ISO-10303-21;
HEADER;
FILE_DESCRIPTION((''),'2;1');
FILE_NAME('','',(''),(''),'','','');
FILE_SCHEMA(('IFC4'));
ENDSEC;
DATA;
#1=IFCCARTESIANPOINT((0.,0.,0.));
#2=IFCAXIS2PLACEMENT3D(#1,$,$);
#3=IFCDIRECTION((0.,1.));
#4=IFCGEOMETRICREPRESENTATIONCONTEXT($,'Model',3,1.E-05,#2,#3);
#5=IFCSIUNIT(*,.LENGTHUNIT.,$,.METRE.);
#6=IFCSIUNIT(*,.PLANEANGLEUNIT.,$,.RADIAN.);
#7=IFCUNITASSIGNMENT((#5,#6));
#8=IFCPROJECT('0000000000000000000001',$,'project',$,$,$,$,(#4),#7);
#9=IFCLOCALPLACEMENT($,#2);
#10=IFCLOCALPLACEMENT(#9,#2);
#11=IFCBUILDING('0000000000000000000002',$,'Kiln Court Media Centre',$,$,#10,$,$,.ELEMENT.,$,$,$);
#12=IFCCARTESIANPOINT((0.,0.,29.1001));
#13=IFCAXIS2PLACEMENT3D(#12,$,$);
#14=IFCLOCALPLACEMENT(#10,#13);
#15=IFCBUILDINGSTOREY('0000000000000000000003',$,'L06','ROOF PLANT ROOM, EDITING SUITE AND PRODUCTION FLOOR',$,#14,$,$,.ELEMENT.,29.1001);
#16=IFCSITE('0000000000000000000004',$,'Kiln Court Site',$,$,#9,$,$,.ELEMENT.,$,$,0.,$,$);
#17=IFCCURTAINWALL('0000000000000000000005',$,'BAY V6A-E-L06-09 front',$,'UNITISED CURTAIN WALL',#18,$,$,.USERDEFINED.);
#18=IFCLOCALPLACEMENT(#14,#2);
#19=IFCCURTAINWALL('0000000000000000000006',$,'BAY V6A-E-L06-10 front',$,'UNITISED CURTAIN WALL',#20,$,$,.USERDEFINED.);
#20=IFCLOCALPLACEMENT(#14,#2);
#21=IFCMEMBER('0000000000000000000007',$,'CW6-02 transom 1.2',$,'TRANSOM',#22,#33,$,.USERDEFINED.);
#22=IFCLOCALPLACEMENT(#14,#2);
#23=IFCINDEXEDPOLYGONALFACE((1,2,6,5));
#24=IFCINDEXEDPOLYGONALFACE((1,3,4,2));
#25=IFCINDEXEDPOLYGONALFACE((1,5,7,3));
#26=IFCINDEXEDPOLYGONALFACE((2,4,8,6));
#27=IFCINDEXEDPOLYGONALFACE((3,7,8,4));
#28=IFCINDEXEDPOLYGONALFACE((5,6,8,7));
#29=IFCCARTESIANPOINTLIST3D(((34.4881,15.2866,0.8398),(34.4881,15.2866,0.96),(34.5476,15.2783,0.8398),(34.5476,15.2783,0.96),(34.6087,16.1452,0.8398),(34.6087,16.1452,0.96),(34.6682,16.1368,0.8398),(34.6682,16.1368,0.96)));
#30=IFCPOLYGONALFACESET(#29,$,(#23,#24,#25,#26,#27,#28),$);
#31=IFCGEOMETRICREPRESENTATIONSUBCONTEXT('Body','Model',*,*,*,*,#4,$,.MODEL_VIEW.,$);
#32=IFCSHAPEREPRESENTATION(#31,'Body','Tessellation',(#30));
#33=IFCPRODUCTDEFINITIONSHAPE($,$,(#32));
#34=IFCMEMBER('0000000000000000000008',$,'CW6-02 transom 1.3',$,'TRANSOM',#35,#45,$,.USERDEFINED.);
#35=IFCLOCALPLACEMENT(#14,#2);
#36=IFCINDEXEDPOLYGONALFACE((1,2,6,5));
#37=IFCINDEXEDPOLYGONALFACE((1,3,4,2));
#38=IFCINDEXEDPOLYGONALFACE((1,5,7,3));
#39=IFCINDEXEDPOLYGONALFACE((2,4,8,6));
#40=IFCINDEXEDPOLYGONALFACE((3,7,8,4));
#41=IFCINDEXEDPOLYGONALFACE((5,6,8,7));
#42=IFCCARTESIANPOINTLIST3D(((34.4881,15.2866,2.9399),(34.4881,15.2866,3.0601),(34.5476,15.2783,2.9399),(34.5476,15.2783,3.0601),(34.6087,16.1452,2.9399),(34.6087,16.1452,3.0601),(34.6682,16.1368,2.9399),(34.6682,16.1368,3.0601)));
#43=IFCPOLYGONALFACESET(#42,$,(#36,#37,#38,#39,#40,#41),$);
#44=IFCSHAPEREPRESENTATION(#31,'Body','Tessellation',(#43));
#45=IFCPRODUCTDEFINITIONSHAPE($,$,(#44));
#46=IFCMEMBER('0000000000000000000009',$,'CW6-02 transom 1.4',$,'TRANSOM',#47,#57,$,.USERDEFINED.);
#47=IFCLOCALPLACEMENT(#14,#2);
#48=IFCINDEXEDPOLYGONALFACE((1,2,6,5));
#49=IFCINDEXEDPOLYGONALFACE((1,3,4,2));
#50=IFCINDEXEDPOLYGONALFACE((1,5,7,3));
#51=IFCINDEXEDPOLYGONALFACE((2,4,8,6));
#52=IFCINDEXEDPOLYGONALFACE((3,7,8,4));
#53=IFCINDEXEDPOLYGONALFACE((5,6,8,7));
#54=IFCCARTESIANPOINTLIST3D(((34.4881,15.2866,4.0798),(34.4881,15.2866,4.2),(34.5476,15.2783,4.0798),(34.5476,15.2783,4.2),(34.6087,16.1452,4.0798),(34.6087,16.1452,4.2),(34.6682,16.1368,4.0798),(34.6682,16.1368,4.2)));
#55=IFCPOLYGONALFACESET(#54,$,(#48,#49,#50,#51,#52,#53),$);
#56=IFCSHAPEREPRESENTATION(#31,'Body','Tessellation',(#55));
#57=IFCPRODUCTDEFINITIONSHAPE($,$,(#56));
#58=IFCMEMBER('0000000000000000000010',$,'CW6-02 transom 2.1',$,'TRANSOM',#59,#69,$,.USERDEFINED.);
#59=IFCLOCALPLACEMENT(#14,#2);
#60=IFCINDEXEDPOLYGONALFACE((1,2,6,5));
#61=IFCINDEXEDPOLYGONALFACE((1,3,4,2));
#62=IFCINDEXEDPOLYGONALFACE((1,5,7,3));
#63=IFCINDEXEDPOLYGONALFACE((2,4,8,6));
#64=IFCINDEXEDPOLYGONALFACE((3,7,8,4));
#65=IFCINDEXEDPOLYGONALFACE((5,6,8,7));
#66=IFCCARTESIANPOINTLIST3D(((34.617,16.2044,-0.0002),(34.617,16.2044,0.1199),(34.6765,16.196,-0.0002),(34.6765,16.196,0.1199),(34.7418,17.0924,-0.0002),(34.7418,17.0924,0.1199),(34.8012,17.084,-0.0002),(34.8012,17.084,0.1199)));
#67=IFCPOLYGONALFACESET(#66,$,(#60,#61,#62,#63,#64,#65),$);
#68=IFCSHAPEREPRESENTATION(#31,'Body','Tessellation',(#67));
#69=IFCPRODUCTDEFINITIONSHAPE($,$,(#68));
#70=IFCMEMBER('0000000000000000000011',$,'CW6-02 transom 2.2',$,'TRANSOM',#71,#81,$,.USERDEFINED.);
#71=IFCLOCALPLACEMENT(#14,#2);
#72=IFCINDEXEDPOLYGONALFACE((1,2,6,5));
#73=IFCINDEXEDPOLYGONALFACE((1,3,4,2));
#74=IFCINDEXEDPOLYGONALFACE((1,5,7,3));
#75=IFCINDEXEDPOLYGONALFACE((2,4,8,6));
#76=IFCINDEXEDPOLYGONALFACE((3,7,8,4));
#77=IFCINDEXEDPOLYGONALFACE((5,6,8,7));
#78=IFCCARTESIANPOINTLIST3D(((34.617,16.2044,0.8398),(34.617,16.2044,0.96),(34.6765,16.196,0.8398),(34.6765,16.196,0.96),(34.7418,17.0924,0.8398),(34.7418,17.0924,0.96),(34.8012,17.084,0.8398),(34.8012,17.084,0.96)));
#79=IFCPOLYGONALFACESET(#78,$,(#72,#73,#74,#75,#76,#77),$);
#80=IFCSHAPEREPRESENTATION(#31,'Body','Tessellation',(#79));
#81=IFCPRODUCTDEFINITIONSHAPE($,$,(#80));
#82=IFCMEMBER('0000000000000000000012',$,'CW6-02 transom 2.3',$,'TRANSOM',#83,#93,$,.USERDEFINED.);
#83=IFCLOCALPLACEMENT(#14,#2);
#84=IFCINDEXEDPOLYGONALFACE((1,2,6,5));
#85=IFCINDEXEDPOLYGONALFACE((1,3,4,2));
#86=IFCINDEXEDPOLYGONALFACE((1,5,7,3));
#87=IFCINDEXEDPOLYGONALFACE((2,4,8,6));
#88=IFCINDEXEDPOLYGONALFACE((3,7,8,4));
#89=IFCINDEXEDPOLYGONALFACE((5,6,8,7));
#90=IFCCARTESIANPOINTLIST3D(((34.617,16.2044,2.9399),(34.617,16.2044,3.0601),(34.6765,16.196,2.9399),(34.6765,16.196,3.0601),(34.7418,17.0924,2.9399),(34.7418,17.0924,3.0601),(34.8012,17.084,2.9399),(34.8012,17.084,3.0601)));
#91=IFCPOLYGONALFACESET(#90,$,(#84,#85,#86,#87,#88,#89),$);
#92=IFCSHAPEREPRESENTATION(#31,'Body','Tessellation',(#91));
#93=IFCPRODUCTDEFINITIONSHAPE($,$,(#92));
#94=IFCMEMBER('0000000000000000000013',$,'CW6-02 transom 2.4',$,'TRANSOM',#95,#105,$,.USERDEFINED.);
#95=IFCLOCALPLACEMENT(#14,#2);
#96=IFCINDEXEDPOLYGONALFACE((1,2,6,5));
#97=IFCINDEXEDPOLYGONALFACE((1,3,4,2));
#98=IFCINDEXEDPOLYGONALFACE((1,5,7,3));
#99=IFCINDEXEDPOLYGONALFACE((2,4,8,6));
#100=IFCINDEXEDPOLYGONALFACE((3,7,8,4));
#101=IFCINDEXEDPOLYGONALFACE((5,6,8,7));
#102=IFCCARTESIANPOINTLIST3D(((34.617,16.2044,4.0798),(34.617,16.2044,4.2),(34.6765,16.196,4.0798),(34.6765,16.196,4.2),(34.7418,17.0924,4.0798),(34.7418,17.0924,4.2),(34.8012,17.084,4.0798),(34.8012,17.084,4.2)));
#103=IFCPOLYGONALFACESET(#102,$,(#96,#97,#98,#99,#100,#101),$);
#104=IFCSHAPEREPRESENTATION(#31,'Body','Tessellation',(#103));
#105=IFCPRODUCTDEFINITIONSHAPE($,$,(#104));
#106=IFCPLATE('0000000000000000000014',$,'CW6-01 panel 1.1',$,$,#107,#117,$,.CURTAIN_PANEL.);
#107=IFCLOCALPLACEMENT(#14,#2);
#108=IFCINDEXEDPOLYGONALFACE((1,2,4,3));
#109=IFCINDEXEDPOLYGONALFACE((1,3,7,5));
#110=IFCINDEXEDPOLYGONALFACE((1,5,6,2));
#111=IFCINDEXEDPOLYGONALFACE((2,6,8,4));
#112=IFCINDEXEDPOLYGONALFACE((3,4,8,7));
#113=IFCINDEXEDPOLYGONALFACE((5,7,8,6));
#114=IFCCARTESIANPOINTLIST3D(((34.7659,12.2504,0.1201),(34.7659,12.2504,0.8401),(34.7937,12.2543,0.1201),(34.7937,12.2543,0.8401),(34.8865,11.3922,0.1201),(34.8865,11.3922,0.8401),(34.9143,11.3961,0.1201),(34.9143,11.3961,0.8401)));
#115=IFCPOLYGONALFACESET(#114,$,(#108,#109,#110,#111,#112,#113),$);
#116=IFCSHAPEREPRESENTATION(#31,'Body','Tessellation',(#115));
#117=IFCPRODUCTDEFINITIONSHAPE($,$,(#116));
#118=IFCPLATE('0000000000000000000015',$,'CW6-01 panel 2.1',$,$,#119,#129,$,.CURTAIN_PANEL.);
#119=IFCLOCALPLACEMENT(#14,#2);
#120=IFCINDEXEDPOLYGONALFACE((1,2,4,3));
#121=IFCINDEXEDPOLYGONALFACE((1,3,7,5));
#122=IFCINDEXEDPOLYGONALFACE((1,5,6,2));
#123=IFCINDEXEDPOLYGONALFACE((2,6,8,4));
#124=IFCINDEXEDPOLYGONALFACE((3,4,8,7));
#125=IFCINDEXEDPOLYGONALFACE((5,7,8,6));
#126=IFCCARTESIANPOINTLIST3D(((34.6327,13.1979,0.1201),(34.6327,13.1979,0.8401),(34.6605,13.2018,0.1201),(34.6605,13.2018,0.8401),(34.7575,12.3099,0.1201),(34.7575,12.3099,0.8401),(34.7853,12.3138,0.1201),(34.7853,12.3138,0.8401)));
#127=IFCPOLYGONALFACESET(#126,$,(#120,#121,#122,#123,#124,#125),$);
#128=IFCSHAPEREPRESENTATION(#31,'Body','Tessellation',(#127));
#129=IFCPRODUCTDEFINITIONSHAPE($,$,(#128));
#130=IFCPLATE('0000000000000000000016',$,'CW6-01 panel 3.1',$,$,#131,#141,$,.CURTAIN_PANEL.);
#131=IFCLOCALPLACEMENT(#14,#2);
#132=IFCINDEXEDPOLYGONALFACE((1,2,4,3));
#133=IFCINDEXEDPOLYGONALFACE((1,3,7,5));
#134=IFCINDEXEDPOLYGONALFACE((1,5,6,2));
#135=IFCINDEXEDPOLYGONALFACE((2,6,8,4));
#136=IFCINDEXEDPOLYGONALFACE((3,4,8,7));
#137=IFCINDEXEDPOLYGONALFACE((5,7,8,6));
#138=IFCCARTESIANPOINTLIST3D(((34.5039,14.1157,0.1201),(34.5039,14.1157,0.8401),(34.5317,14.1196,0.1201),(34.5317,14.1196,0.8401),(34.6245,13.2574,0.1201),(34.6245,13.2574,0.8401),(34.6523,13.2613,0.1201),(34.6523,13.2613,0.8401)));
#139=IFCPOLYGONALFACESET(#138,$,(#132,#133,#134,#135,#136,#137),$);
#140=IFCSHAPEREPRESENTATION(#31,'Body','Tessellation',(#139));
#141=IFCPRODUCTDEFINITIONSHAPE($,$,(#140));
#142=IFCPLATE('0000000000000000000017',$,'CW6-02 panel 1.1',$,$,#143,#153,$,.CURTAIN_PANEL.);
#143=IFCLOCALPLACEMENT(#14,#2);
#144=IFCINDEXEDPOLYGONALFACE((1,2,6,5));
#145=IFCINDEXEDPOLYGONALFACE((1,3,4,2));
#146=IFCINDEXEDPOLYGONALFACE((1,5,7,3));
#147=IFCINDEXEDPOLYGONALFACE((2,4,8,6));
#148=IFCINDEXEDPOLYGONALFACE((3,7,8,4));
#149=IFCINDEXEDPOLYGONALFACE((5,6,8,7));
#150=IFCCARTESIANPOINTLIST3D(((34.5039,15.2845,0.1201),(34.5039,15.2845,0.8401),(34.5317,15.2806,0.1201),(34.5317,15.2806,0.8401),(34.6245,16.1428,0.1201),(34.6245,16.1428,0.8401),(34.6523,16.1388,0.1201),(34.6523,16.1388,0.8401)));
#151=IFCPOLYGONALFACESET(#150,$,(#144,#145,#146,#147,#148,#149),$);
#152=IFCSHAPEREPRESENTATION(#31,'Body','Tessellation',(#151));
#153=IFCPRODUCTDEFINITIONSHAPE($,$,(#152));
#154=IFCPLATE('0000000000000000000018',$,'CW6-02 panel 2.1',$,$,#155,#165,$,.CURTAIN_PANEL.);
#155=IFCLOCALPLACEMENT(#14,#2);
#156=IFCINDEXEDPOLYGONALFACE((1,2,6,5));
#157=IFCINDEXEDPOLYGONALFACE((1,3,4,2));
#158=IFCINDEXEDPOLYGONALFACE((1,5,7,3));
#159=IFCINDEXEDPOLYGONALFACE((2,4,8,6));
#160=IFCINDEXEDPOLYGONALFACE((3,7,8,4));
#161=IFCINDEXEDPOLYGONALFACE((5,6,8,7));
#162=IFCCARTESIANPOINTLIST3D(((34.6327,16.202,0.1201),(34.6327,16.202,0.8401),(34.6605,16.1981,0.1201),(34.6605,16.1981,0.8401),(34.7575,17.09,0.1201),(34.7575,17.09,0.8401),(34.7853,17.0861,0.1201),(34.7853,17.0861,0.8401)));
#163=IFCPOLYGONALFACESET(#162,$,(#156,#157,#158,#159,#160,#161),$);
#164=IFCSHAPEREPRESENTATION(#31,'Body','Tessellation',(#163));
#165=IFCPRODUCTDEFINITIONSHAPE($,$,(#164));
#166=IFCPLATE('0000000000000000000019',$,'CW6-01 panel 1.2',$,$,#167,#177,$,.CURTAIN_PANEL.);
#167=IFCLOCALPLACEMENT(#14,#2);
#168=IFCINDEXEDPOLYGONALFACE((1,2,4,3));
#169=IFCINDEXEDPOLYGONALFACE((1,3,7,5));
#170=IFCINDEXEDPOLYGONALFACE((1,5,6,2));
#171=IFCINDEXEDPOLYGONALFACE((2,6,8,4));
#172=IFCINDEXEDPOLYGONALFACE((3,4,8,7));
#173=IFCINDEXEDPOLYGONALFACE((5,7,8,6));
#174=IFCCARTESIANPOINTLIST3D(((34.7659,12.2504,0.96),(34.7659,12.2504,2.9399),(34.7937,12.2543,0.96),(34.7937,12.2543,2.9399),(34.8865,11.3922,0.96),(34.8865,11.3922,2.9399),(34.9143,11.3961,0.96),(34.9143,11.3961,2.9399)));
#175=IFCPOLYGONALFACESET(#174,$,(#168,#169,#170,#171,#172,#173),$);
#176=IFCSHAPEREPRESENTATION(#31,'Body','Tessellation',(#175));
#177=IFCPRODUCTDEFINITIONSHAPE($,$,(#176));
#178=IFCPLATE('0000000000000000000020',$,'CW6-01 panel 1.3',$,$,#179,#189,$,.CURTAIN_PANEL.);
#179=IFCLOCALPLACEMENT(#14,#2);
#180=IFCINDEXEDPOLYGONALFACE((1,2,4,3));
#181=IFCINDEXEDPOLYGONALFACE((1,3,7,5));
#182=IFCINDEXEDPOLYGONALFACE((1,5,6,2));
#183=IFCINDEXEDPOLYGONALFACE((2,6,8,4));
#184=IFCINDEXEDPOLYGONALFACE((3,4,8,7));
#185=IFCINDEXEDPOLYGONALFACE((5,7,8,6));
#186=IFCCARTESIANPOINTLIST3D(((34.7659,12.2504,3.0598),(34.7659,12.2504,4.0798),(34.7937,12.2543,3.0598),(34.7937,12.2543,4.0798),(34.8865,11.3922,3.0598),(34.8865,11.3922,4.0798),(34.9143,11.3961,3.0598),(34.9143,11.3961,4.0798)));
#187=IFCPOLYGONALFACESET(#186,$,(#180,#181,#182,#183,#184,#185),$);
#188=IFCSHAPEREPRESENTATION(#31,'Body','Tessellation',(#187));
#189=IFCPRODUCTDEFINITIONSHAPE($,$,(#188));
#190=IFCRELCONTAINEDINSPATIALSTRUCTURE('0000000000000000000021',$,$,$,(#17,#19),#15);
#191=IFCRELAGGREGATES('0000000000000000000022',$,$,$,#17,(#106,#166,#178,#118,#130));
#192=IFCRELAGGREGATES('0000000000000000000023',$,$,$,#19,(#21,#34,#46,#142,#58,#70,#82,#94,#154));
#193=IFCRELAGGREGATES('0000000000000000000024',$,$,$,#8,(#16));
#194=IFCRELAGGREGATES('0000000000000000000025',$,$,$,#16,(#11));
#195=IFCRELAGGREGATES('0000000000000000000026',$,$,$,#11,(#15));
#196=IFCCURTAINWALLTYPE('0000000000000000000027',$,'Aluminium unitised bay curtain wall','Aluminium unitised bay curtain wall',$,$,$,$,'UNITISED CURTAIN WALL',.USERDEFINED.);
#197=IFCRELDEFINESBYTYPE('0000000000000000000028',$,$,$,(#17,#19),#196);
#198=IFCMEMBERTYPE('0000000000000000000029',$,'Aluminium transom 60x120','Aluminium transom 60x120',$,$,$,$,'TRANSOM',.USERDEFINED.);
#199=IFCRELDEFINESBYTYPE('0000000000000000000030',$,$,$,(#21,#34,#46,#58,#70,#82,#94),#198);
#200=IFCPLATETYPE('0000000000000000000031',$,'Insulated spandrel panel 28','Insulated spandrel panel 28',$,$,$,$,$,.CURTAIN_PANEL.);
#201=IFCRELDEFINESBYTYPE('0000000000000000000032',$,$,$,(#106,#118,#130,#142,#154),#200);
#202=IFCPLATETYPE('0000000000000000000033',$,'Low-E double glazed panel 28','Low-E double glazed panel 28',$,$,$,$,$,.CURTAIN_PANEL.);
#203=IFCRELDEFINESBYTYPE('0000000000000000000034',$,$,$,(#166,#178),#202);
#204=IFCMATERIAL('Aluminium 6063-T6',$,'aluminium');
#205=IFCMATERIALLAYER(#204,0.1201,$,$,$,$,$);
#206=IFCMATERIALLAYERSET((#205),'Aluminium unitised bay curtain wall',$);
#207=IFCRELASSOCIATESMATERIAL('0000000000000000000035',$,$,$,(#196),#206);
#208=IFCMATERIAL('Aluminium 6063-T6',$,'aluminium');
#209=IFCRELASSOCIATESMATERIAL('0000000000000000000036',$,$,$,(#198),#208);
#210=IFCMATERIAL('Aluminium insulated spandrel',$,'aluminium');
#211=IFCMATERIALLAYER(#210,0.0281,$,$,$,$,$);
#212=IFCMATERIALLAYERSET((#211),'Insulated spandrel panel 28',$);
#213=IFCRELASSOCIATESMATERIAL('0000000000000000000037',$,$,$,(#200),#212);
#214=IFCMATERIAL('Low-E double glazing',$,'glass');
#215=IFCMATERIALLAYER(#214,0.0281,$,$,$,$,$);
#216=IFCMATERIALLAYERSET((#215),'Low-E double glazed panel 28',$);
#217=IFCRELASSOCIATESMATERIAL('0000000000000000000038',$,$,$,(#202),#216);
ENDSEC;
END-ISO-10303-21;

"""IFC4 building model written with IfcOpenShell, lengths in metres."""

from ifc_helpers import new_model, si_unit, direction, frame, origin, origin_2d, place, context, subcontext, project, spatial, rectangle, extrude, material, layer, layer_set, material_profile, profile_set, type_object, element, aggregate, save


model = new_model("IFC4")

# Units and contexts
model_context = context("Model", 3, precision=1e-05, world=origin(), true_north=direction((0.0, 1.0)))
body_context = subcontext(model_context, "Body", "Model", "MODEL_VIEW")
ifc_project = project(units=[si_unit("LENGTHUNIT", "METRE"), si_unit("PLANEANGLEUNIT", "RADIAN")], contexts=[model_context])

# Site, building, storey
site_placement = place(None, origin())
site = spatial("IfcSite", under=ifc_project, at=site_placement, Name="Kiln Court Site", CompositionType="ELEMENT", RefElevation=0.0)
building_placement = place(site_placement, origin())
building = spatial("IfcBuilding", under=site, at=building_placement, Name="Kiln Court Media Centre", CompositionType="ELEMENT")
storey_placement = place(building_placement, frame((0.0, 0.0, 29.1001)))
storey = spatial("IfcBuildingStorey", under=building, at=storey_placement, Name="L06", Description="ROOF PLANT ROOM, EDITING SUITE AND PRODUCTION FLOOR", CompositionType="ELEMENT", Elevation=29.1001)

# Curtain walls
ifc_material_1 = material(Name="Aluminium 6063-T6", Category="aluminium")
ifc_layer_1 = layer(ifc_material_1, 0.1201)
ifc_layer_set_1 = layer_set([ifc_layer_1], Name="Aluminium unitised bay curtain wall")
curtain_wall_type = type_object("IfcCurtainWallType", Name="Aluminium unitised bay curtain wall", Description="Aluminium unitised bay curtain wall", ElementType="UNITISED CURTAIN WALL", PredefinedType="USERDEFINED", material=ifc_layer_set_1)
curtain_wall_1_placement = place(storey_placement, origin())
curtain_wall_1 = element("IfcCurtainWall", 1, at=curtain_wall_1_placement, inside=storey, type_object=curtain_wall_type, Name="BAY V6A-E-L06-09 front", ObjectType="UNITISED CURTAIN WALL", PredefinedType="USERDEFINED")
curtain_wall_2_placement = place(storey_placement, origin())
curtain_wall_2 = element("IfcCurtainWall", 2, at=curtain_wall_2_placement, inside=storey, type_object=curtain_wall_type, Name="BAY V6A-E-L06-10 front", ObjectType="UNITISED CURTAIN WALL", PredefinedType="USERDEFINED")

# Members
ifc_material_2 = material(Name="Aluminium 6063-T6", Category="aluminium")
ifc_material_profile_1 = material_profile(ifc_material_2, rectangle(XDim=0.0601, YDim=0.1201, at=origin_2d()), Name="Aluminium transom 60x120")
ifc_profile_set_1 = profile_set([ifc_material_profile_1], Name="Aluminium 6063-T6")
member_type_1 = type_object("IfcMemberType", Name="Aluminium transom 60x120", Description="Aluminium transom 60x120", ElementType="TRANSOM", PredefinedType="USERDEFINED", material=ifc_profile_set_1)
member_1_placement = place(storey_placement, frame((34.5178, 15.2825, 0.8999), z_axis=(0.139134, 0.990274, 0.0), x_axis=(-0.990274, 0.139134, 0.0)))
member_1 = element("IfcMember", 3, at=member_1_placement, type_object=member_type_1, Name="CW6-02 transom 1.2", ObjectType="TRANSOM", PredefinedType="USERDEFINED", context=body_context, shape_type="SweptSolid", body=[
    extrude(rectangle(XDim=0.0601, YDim=0.1201, at=origin_2d()), origin(), (0.0, 0.0, 1.0), 0.8669),
])
member_2_placement = place(storey_placement, frame((34.5178, 15.2825, 3.0), z_axis=(0.139134, 0.990274, 0.0), x_axis=(-0.990274, 0.139134, 0.0)))
member_2 = element("IfcMember", 4, at=member_2_placement, type_object=member_type_1, Name="CW6-02 transom 1.3", ObjectType="TRANSOM", PredefinedType="USERDEFINED", context=body_context, shape_type="SweptSolid", body=[
    extrude(rectangle(XDim=0.0601, YDim=0.1201, at=origin_2d()), origin(), (0.0, 0.0, 1.0), 0.8669),
])
member_3_placement = place(storey_placement, frame((34.5178, 15.2825, 4.1399), z_axis=(0.139134, 0.990274, 0.0), x_axis=(-0.990274, 0.139134, 0.0)))
member_3 = element("IfcMember", 5, at=member_3_placement, type_object=member_type_1, Name="CW6-02 transom 1.4", ObjectType="TRANSOM", PredefinedType="USERDEFINED", context=body_context, shape_type="SweptSolid", body=[
    extrude(rectangle(XDim=0.0601, YDim=0.1201, at=origin_2d()), origin(), (0.0, 0.0, 1.0), 0.8669),
])
member_4_placement = place(storey_placement, frame((34.6467, 16.2002, 0.0598), z_axis=(0.139134, 0.990274, 0.0), x_axis=(-0.990274, 0.139134, 0.0)))
member_4 = element("IfcMember", 6, at=member_4_placement, type_object=member_type_1, Name="CW6-02 transom 2.1", ObjectType="TRANSOM", PredefinedType="USERDEFINED", context=body_context, shape_type="SweptSolid", body=[
    extrude(rectangle(XDim=0.0601, YDim=0.1201, at=origin_2d()), origin(), (0.0, 0.0, 1.0), 0.8967),
])
member_5_placement = place(storey_placement, frame((34.6467, 16.2002, 0.8999), z_axis=(0.139134, 0.990274, 0.0), x_axis=(-0.990274, 0.139134, 0.0)))
member_5 = element("IfcMember", 7, at=member_5_placement, type_object=member_type_1, Name="CW6-02 transom 2.2", ObjectType="TRANSOM", PredefinedType="USERDEFINED", context=body_context, shape_type="SweptSolid", body=[
    extrude(rectangle(XDim=0.0601, YDim=0.1201, at=origin_2d()), origin(), (0.0, 0.0, 1.0), 0.8967),
])
member_6_placement = place(storey_placement, frame((34.6467, 16.2002, 3.0), z_axis=(0.139134, 0.990274, 0.0), x_axis=(-0.990274, 0.139134, 0.0)))
member_6 = element("IfcMember", 8, at=member_6_placement, type_object=member_type_1, Name="CW6-02 transom 2.3", ObjectType="TRANSOM", PredefinedType="USERDEFINED", context=body_context, shape_type="SweptSolid", body=[
    extrude(rectangle(XDim=0.0601, YDim=0.1201, at=origin_2d()), origin(), (0.0, 0.0, 1.0), 0.8967),
])
member_7_placement = place(storey_placement, frame((34.6467, 16.2002, 4.1399), z_axis=(0.139134, 0.990274, 0.0), x_axis=(-0.990274, 0.139134, 0.0)))
member_7 = element("IfcMember", 9, at=member_7_placement, type_object=member_type_1, Name="CW6-02 transom 2.4", ObjectType="TRANSOM", PredefinedType="USERDEFINED", context=body_context, shape_type="SweptSolid", body=[
    extrude(rectangle(XDim=0.0601, YDim=0.1201, at=origin_2d()), origin(), (0.0, 0.0, 1.0), 0.8967),
])

# Plates
ifc_material_3 = material(Name="Aluminium insulated spandrel", Category="aluminium")
ifc_layer_2 = layer(ifc_material_3, 0.0281)
ifc_layer_set_2 = layer_set([ifc_layer_2], Name="Insulated spandrel panel 28")
plate_type_1 = type_object("IfcPlateType", Name="Insulated spandrel panel 28", Description="Insulated spandrel panel 28", PredefinedType="CURTAIN_PANEL", material=ifc_layer_set_2)
plate_1_placement = place(storey_placement, frame((34.8401, 11.8232, 0.1201), z_axis=(0.0, 0.0, 1.0), x_axis=(-0.139162, 0.99027, 0.0)))
plate_1 = element("IfcPlate", 10, at=plate_1_placement, type_object=plate_type_1, Name="CW6-01 panel 1.1", PredefinedType="CURTAIN_PANEL", context=body_context, shape_type="SweptSolid", body=[
    extrude(rectangle(XDim=0.8667, YDim=0.0281, at=origin_2d()), origin(), (0.0, 0.0, 1.0), 0.72),
])
plate_2_placement = place(storey_placement, frame((34.709, 12.7559, 0.1201), z_axis=(0.0, 0.0, 1.0), x_axis=(-0.139162, 0.99027, 0.0)))
plate_2 = element("IfcPlate", 11, at=plate_2_placement, type_object=plate_type_1, Name="CW6-01 panel 2.1", PredefinedType="CURTAIN_PANEL", context=body_context, shape_type="SweptSolid", body=[
    extrude(rectangle(XDim=0.8967, YDim=0.0281, at=origin_2d()), origin(), (0.0, 0.0, 1.0), 0.72),
])
plate_3_placement = place(storey_placement, frame((34.5781, 13.6885, 0.1201), z_axis=(0.0, 0.0, 1.0), x_axis=(-0.139162, 0.99027, 0.0)))
plate_3 = element("IfcPlate", 12, at=plate_3_placement, type_object=plate_type_1, Name="CW6-01 panel 3.1", PredefinedType="CURTAIN_PANEL", context=body_context, shape_type="SweptSolid", body=[
    extrude(rectangle(XDim=0.8667, YDim=0.0281, at=origin_2d()), origin(), (0.0, 0.0, 1.0), 0.72),
])
plate_4_placement = place(storey_placement, frame((34.5781, 15.7117, 0.1201), z_axis=(0.0, 0.0, 1.0), x_axis=(0.139162, 0.99027, 0.0)))
plate_4 = element("IfcPlate", 13, at=plate_4_placement, type_object=plate_type_1, Name="CW6-02 panel 1.1", PredefinedType="CURTAIN_PANEL", context=body_context, shape_type="SweptSolid", body=[
    extrude(rectangle(XDim=0.8667, YDim=0.0281, at=origin_2d()), origin(), (0.0, 0.0, 1.0), 0.72),
])
plate_5_placement = place(storey_placement, frame((34.709, 16.644, 0.1201), z_axis=(0.0, 0.0, 1.0), x_axis=(0.139162, 0.99027, 0.0)))
plate_5 = element("IfcPlate", 14, at=plate_5_placement, type_object=plate_type_1, Name="CW6-02 panel 2.1", PredefinedType="CURTAIN_PANEL", context=body_context, shape_type="SweptSolid", body=[
    extrude(rectangle(XDim=0.8967, YDim=0.0281, at=origin_2d()), origin(), (0.0, 0.0, 1.0), 0.72),
])
ifc_material_4 = material(Name="Low-E double glazing", Category="glass")
ifc_layer_3 = layer(ifc_material_4, 0.0281)
ifc_layer_set_3 = layer_set([ifc_layer_3], Name="Low-E double glazed panel 28")
plate_type_2 = type_object("IfcPlateType", Name="Low-E double glazed panel 28", Description="Low-E double glazed panel 28", PredefinedType="CURTAIN_PANEL", material=ifc_layer_set_3)
plate_6_placement = place(storey_placement, frame((34.8401, 11.8232, 0.96), z_axis=(0.0, 0.0, 1.0), x_axis=(-0.139162, 0.99027, 0.0)))
plate_6 = element("IfcPlate", 15, at=plate_6_placement, type_object=plate_type_2, Name="CW6-01 panel 1.2", PredefinedType="CURTAIN_PANEL", context=body_context, shape_type="SweptSolid", body=[
    extrude(rectangle(XDim=0.8667, YDim=0.0281, at=origin_2d()), origin(), (0.0, 0.0, 1.0), 1.98),
])
plate_7_placement = place(storey_placement, frame((34.8401, 11.8232, 3.0598), z_axis=(0.0, 0.0, 1.0), x_axis=(-0.139162, 0.99027, 0.0)))
plate_7 = element("IfcPlate", 16, at=plate_7_placement, type_object=plate_type_2, Name="CW6-01 panel 1.3", PredefinedType="CURTAIN_PANEL", context=body_context, shape_type="SweptSolid", body=[
    extrude(rectangle(XDim=0.8667, YDim=0.0281, at=origin_2d()), origin(), (0.0, 0.0, 1.0), 1.02),
])
aggregate(curtain_wall_1, [plate_1, plate_6, plate_7, plate_2, plate_3])
aggregate(curtain_wall_2, [member_1, member_2, member_3, plate_4, member_4, member_5, member_6, member_7, plate_5])

save(model, "model.ifc")
